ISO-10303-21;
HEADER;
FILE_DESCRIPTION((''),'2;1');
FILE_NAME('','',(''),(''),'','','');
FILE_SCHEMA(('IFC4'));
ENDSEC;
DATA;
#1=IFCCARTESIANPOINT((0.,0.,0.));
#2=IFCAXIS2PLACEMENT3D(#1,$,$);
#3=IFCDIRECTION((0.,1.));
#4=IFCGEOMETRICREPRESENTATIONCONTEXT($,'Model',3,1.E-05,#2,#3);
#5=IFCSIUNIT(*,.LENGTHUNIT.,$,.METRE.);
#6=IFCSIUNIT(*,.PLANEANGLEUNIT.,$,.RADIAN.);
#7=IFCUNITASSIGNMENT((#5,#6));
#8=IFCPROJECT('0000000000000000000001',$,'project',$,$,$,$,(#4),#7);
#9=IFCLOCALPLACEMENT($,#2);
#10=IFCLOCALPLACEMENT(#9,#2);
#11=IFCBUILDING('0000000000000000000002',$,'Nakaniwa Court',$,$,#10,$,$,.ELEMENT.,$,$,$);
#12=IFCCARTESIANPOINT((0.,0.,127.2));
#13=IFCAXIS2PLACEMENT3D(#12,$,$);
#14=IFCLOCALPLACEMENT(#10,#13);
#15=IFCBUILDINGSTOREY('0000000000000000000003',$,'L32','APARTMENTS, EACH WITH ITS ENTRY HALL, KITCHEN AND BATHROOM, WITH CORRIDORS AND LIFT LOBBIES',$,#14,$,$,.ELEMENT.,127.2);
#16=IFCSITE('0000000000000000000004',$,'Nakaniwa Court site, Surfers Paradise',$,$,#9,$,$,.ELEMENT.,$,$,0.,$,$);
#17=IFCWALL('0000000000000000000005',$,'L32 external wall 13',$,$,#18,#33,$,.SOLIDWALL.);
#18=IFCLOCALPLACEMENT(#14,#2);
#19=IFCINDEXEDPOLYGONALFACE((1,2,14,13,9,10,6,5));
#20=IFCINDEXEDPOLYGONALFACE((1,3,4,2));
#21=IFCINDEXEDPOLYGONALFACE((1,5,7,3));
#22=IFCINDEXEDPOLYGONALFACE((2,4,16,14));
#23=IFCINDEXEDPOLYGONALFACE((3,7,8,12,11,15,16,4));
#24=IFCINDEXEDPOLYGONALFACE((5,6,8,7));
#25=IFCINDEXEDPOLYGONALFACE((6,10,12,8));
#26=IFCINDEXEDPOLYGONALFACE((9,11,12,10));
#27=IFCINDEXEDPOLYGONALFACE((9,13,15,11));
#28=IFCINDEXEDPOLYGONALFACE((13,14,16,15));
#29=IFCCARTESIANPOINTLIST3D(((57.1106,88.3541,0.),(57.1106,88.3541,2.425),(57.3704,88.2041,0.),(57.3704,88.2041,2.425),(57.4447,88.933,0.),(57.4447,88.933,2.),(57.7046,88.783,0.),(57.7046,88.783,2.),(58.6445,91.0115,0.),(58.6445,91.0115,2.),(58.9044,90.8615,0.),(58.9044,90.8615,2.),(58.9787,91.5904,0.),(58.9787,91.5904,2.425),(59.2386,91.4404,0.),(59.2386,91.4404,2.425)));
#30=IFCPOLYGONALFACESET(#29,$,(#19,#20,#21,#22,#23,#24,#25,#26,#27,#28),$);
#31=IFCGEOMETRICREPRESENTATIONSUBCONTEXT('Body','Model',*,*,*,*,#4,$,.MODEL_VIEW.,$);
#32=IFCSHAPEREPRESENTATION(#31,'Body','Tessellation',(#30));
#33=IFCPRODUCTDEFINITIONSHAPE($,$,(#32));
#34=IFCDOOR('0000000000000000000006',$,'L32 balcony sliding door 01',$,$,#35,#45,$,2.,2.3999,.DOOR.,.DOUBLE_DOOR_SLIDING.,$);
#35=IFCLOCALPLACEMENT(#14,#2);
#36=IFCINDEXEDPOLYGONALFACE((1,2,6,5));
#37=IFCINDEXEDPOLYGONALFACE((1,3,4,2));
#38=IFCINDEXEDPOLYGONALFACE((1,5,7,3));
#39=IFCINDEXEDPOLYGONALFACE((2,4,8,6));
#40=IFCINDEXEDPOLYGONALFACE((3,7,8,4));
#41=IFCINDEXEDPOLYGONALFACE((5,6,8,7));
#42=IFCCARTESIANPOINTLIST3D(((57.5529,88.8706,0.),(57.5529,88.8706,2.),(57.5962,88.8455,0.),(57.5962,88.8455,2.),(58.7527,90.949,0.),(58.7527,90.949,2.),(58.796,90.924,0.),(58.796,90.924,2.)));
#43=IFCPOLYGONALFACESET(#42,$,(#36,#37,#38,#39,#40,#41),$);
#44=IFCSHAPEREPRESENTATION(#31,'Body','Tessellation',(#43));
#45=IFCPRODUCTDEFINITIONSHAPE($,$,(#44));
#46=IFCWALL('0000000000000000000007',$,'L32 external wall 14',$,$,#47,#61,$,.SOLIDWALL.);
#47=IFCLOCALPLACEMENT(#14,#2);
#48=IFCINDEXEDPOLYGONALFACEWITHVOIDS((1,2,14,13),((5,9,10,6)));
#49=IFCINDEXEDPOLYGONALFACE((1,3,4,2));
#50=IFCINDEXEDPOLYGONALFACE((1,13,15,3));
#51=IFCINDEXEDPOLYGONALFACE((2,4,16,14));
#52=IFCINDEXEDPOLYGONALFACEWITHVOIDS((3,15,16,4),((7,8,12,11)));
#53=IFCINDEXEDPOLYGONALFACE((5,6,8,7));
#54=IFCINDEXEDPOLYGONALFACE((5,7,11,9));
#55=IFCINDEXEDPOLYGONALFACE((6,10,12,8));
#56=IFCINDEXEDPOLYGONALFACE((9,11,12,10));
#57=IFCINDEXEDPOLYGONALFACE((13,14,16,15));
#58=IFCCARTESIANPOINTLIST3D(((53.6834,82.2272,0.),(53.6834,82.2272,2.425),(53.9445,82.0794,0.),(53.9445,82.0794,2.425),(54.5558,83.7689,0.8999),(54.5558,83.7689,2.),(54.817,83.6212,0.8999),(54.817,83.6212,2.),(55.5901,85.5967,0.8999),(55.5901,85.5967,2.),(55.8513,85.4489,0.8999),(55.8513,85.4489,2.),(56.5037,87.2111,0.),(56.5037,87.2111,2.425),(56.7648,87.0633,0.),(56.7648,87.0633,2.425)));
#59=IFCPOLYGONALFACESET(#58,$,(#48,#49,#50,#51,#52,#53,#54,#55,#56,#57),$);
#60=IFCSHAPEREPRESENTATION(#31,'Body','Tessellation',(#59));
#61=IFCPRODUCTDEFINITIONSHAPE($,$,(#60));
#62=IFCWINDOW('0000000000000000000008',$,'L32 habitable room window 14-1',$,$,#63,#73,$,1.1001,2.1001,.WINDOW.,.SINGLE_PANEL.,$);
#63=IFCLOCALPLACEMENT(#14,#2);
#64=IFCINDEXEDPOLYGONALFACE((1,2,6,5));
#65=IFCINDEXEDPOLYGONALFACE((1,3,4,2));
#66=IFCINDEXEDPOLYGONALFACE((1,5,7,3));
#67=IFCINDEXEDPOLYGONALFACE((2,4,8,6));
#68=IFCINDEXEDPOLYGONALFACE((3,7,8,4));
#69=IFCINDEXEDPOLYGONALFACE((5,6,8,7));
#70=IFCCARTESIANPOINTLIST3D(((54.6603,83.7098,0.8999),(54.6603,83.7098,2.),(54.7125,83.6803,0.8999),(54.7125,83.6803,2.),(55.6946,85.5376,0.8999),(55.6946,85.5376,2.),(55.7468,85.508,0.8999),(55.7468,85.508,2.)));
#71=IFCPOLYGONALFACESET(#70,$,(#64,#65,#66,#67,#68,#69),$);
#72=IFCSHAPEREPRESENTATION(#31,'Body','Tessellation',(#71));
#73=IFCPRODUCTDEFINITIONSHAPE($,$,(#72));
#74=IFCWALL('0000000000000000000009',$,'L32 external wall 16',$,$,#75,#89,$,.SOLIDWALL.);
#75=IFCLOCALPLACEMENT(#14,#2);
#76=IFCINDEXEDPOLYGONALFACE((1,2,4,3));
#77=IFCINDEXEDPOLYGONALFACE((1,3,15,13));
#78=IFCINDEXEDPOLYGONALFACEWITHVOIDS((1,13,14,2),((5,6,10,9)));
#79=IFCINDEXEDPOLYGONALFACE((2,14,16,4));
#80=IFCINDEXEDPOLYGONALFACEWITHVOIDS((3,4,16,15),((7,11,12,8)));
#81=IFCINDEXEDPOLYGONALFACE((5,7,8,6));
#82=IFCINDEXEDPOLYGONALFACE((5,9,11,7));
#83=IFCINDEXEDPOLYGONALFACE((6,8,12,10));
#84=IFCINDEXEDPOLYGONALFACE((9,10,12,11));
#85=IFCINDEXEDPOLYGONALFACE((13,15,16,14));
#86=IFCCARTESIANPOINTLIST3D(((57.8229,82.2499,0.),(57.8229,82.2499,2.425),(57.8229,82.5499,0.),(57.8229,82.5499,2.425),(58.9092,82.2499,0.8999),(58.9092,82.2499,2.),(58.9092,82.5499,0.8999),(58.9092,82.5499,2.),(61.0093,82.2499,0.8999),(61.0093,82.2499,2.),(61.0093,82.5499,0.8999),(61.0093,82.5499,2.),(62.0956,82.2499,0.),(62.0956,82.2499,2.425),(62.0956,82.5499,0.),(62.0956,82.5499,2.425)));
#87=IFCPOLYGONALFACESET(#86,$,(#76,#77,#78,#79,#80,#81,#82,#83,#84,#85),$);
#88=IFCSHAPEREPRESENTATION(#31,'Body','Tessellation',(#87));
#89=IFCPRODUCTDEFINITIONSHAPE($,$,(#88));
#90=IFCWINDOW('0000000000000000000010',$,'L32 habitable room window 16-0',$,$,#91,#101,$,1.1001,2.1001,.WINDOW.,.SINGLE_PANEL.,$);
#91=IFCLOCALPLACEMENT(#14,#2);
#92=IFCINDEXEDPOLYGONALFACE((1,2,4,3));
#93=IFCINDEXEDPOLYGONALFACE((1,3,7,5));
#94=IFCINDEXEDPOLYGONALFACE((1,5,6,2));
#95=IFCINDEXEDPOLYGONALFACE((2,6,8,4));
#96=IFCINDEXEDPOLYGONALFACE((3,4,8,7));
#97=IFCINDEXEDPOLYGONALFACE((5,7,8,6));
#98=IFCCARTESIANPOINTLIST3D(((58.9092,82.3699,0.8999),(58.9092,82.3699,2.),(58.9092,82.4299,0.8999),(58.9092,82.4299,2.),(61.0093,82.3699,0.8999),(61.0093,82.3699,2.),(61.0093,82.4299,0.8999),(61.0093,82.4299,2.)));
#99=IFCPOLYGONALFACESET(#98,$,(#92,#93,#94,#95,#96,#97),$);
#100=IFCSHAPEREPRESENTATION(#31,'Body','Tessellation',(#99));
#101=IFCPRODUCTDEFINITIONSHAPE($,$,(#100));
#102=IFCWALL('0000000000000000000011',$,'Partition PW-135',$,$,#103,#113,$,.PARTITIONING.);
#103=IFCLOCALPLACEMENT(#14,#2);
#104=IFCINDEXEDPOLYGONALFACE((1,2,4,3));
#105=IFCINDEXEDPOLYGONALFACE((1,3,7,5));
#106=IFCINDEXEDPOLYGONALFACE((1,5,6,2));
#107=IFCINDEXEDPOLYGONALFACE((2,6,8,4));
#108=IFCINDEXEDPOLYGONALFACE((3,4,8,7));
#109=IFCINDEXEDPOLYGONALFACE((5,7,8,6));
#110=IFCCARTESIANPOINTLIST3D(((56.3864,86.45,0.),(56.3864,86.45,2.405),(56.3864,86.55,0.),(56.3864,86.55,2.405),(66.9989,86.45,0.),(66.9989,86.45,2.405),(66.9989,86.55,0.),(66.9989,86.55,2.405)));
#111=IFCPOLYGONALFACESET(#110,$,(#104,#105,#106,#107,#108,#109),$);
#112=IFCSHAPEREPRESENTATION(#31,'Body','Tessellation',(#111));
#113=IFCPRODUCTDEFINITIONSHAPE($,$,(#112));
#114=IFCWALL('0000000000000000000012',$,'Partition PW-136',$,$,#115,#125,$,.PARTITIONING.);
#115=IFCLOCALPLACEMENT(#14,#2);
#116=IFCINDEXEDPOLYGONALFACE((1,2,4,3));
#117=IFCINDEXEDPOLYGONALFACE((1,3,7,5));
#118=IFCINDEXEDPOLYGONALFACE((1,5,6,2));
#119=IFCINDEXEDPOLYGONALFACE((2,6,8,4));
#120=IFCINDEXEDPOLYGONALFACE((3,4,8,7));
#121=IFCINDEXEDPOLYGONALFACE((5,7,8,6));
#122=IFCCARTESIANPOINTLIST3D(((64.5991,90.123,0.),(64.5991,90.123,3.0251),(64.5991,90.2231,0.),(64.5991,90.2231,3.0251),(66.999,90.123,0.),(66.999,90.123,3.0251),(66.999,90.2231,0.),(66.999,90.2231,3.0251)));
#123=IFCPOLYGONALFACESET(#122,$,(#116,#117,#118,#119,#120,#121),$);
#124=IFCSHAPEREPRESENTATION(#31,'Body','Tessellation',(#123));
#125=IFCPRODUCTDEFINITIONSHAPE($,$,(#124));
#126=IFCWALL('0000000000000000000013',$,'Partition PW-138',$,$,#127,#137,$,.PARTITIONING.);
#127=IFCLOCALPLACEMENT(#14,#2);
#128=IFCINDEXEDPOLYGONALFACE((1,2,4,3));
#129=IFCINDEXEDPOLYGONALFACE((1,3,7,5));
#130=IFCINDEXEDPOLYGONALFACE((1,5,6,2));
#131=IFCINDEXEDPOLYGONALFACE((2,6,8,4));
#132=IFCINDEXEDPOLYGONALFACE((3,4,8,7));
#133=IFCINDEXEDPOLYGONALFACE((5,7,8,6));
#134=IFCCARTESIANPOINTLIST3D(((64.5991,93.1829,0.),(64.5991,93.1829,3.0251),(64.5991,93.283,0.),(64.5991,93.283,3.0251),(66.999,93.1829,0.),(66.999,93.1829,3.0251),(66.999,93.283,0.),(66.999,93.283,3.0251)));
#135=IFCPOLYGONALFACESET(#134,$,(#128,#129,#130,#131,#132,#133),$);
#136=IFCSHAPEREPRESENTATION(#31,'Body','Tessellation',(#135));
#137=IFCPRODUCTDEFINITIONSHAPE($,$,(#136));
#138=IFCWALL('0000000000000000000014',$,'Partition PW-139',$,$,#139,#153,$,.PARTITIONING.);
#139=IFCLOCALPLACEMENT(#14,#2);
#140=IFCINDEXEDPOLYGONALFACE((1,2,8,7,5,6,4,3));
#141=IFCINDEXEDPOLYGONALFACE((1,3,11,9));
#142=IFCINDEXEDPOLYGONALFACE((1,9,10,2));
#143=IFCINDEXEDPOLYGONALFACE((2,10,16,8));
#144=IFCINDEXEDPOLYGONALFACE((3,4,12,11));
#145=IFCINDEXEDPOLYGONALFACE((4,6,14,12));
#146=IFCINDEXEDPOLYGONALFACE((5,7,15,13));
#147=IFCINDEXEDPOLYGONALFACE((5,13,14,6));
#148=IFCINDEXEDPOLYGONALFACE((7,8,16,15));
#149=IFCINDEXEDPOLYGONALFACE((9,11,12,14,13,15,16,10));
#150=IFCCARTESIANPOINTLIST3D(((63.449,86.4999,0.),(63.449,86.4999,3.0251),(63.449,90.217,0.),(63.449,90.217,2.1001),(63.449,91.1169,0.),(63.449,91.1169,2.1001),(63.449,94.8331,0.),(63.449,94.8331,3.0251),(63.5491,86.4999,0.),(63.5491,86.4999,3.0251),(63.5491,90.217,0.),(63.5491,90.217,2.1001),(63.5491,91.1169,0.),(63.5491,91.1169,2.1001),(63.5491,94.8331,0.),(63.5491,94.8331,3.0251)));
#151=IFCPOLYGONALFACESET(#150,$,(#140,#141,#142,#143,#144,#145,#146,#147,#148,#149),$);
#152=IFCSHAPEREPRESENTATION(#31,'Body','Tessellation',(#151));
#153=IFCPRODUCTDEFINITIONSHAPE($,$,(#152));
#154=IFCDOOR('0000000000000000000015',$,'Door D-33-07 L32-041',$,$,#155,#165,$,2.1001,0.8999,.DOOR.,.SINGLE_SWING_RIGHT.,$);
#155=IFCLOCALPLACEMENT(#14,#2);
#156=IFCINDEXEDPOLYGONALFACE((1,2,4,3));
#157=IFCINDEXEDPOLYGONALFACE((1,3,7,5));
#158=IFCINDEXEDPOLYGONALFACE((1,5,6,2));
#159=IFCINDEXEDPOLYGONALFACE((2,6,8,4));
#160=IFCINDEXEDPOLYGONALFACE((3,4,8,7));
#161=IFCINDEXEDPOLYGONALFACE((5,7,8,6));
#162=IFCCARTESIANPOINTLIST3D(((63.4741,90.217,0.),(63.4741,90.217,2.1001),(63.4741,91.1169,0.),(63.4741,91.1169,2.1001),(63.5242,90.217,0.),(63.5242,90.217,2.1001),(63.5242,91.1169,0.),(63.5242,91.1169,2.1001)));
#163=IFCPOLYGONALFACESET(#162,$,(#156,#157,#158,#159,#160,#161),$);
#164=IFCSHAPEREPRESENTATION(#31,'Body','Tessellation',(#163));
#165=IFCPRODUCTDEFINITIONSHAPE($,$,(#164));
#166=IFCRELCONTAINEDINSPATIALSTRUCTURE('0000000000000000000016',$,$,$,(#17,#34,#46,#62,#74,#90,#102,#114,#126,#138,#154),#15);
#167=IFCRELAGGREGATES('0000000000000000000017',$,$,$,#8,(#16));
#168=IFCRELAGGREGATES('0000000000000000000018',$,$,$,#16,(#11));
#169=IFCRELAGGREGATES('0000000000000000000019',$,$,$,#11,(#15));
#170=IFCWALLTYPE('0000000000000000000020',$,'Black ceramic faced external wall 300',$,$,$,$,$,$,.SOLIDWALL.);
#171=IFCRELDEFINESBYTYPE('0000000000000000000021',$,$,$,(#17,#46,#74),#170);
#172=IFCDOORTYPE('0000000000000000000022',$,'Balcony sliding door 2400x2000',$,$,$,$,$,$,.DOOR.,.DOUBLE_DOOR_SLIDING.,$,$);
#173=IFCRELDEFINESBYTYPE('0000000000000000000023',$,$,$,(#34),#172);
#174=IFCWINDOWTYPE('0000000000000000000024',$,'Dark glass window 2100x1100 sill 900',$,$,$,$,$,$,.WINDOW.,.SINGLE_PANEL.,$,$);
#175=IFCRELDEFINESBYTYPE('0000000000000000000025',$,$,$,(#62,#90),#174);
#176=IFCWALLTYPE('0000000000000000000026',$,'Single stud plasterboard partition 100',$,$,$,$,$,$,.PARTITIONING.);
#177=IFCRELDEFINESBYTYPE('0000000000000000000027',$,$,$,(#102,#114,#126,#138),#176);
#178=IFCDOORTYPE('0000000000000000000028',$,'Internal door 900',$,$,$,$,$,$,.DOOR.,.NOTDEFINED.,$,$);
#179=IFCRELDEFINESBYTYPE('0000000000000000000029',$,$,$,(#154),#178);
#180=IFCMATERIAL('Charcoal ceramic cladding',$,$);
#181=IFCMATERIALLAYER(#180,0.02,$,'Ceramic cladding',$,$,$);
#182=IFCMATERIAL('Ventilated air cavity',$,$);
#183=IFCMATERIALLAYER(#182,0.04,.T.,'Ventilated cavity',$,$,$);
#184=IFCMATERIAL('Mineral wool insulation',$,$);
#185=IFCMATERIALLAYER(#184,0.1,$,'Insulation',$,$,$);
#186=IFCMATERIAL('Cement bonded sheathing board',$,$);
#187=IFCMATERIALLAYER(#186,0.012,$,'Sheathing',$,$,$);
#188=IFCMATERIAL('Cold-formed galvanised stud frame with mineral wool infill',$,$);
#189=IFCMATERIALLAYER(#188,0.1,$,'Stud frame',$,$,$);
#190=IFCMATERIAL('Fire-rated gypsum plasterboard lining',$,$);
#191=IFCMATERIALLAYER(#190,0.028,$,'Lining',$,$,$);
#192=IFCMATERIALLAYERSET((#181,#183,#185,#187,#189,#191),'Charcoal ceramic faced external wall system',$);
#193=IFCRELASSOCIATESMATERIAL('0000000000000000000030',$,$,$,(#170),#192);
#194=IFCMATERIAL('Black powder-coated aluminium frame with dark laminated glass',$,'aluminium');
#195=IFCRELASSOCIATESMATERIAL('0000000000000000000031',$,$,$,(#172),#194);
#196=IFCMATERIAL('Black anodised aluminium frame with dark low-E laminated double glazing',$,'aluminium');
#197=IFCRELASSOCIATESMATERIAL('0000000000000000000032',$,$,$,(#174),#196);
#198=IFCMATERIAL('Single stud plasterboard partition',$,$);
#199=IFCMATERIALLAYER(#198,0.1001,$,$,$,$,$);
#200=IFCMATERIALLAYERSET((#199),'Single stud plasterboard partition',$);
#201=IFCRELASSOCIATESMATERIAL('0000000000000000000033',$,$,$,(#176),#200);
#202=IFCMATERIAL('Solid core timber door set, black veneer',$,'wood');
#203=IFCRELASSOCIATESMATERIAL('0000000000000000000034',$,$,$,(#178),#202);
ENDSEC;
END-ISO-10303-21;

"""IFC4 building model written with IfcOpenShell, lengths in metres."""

from ifc_helpers import new_model, si_unit, direction, frame, frame_2d, origin, place, context, subcontext, project, spatial, rectangle, extrude, material, layer, layer_set, type_object, element, fill, save


model = new_model("IFC4")

# Units and contexts
model_context = context("Model", 3, precision=1e-05, world=origin(), true_north=direction((0.0, 1.0)))
body_context = subcontext(model_context, "Body", "Model", "MODEL_VIEW")
ifc_project = project(units=[si_unit("LENGTHUNIT", "METRE"), si_unit("PLANEANGLEUNIT", "RADIAN")], contexts=[model_context])

# Site, building, storey
site_placement = place(None, origin())
site = spatial("IfcSite", under=ifc_project, at=site_placement, Name="Nakaniwa Court site, Surfers Paradise", CompositionType="ELEMENT", RefElevation=0.0)
building_placement = place(site_placement, origin())
building = spatial("IfcBuilding", under=site, at=building_placement, Name="Nakaniwa Court", CompositionType="ELEMENT")
storey_placement = place(building_placement, frame((0.0, 0.0, 127.2)))
storey = spatial("IfcBuildingStorey", under=building, at=storey_placement, Name="L32", Description="APARTMENTS, EACH WITH ITS ENTRY HALL, KITCHEN AND BATHROOM, WITH CORRIDORS AND LIFT LOBBIES", CompositionType="ELEMENT", Elevation=127.2)

# Shared definitions
ifc_material_1 = material(Name="Solid core timber door set, black veneer", Category="wood")

# Wall, opening, door
ifc_material_2 = material(Name="Charcoal ceramic cladding")
ifc_layer_1 = layer(ifc_material_2, 0.02, Name="Ceramic cladding")
ifc_material_3 = material(Name="Ventilated air cavity")
ifc_layer_2 = layer(ifc_material_3, 0.04, ventilated=True, Name="Ventilated cavity")
ifc_material_4 = material(Name="Mineral wool insulation")
ifc_layer_3 = layer(ifc_material_4, 0.1, Name="Insulation")
ifc_material_5 = material(Name="Cement bonded sheathing board")
ifc_layer_4 = layer(ifc_material_5, 0.012, Name="Sheathing")
ifc_material_6 = material(Name="Cold-formed galvanised stud frame with mineral wool infill")
ifc_layer_5 = layer(ifc_material_6, 0.1, Name="Stud frame")
ifc_material_7 = material(Name="Fire-rated gypsum plasterboard lining")
ifc_layer_6 = layer(ifc_material_7, 0.028, Name="Lining")
ifc_layer_set_1 = layer_set([ifc_layer_1, ifc_layer_2, ifc_layer_3, ifc_layer_4, ifc_layer_5, ifc_layer_6], Name="Charcoal ceramic faced external wall system")
wall_type_1 = type_object("IfcWallType", Name="Black ceramic faced external wall 300", PredefinedType="SOLIDWALL", material=ifc_layer_set_1)
wall_1_placement = place(storey_placement, frame((59.1086, 91.5154, 0.0), z_axis=(0.0, 0.0, 1.0), x_axis=(-0.499934, -0.866064, 0.0)))
wall_1 = element("IfcWall", 1, at=wall_1_placement, inside=storey, type_object=wall_type_1, Name="L32 external wall 13", PredefinedType="SOLIDWALL", context=body_context, shape_type="SweptSolid", body=[
    extrude(rectangle(XDim=3.7368, YDim=0.3, at=frame_2d((1.8684, 0.0))), origin(), (0.0, 0.0, 1.0), 2.425),
])
opening_1_placement = place(wall_1_placement, frame((0.6685, 0.0, 0.0)))
opening_1 = element("IfcOpeningElement", 2, at=opening_1_placement, cuts=wall_1, PredefinedType="OPENING", context=body_context, shape_type="SweptSolid", body=[
    extrude(rectangle(XDim=2.3999, YDim=2.0, at=frame_2d((1.2, 1.0))), frame((0.0, 0.1599, 0.0), z_axis=(0.0, -1.0, 0.0), x_axis=(1.0, 0.0, 0.0)), (0.0, 0.0, 1.0), 0.3201),
])
ifc_material_8 = material(Name="Black powder-coated aluminium frame with dark laminated glass", Category="aluminium")
door_type_1 = type_object("IfcDoorType", Name="Balcony sliding door 2400x2000", OperationType="DOUBLE_DOOR_SLIDING", PredefinedType="DOOR", material=ifc_material_8)
door_1_placement = place(opening_1_placement, origin())
door_1 = element("IfcDoor", 3, at=door_1_placement, inside=storey, type_object=door_type_1, Name="L32 balcony sliding door 01", OperationType="DOUBLE_DOOR_SLIDING", OverallHeight=2.0, OverallWidth=2.3999, PredefinedType="DOOR", context=body_context, shape_type="SweptSolid", body=[
    extrude(rectangle(XDim=2.3999, YDim=2.0, at=frame_2d((1.2, 1.0))), frame((0.0, 0.0249, 0.0), z_axis=(0.0, -1.0, 0.0), x_axis=(1.0, 0.0, 0.0)), (0.0, 0.0, 1.0), 0.05),
])
fill(opening_1, door_1)

# Walls, openings, windows
wall_2_placement = place(storey_placement, frame((56.6343, 87.1372, 0.0), z_axis=(0.0, 0.0, 1.0), x_axis=(-0.492498, -0.870313, 0.0)))
wall_2 = element("IfcWall", 4, at=wall_2_placement, inside=storey, type_object=wall_type_1, Name="L32 external wall 14", PredefinedType="SOLIDWALL", context=body_context, shape_type="SweptSolid", body=[
    extrude(rectangle(XDim=5.7266, YDim=0.3, at=frame_2d((2.8633, 0.0))), origin(), (0.0, 0.0, 1.0), 2.425),
])
opening_2_placement = place(wall_2_placement, frame((1.855, 0.0, 0.8999)))
opening_2 = element("IfcOpeningElement", 5, at=opening_2_placement, cuts=wall_2, PredefinedType="OPENING", context=body_context, shape_type="SweptSolid", body=[
    extrude(rectangle(XDim=2.1001, YDim=1.1001, at=frame_2d((1.05, 0.55))), frame((0.0, 0.1599, 0.0), z_axis=(0.0, -1.0, 0.0), x_axis=(1.0, 0.0, 0.0)), (0.0, 0.0, 1.0), 0.3201),
])
ifc_material_9 = material(Name="Black anodised aluminium frame with dark low-E laminated double glazing", Category="aluminium")
window_type = type_object("IfcWindowType", Name="Dark glass window 2100x1100 sill 900", PartitioningType="SINGLE_PANEL", PredefinedType="WINDOW", material=ifc_material_9)
window_1_placement = place(opening_2_placement, origin())
window_1 = element("IfcWindow", 6, at=window_1_placement, inside=storey, type_object=window_type, Name="L32 habitable room window 14-1", OverallHeight=1.1001, OverallWidth=2.1001, PartitioningType="SINGLE_PANEL", PredefinedType="WINDOW", context=body_context, shape_type="SweptSolid", body=[
    extrude(rectangle(XDim=2.1001, YDim=1.1001, at=frame_2d((1.05, 0.55))), frame((0.0, 0.03, 0.0), z_axis=(0.0, -1.0, 0.0), x_axis=(1.0, 0.0, 0.0)), (0.0, 0.0, 1.0), 0.0601),
])
fill(opening_2, window_1)
wall_3_placement = place(storey_placement, frame((57.823, 82.3999, 0.0), z_axis=(0.0, 0.0, 1.0), x_axis=(1.0, 0.0, 0.0)))
wall_3 = element("IfcWall", 7, at=wall_3_placement, inside=storey, type_object=wall_type_1, Name="L32 external wall 16", PredefinedType="SOLIDWALL", context=body_context, shape_type="SweptSolid", body=[
    extrude(rectangle(XDim=4.2727, YDim=0.3, at=frame_2d((2.1362, 0.0))), origin(), (0.0, 0.0, 1.0), 2.425),
])
opening_3_placement = place(wall_3_placement, frame((1.0862, 0.0, 0.8999)))
opening_3 = element("IfcOpeningElement", 8, at=opening_3_placement, cuts=wall_3, PredefinedType="OPENING", context=body_context, shape_type="SweptSolid", body=[
    extrude(rectangle(XDim=2.1001, YDim=1.1001, at=frame_2d((1.05, 0.55))), frame((0.0, 0.1599, 0.0), z_axis=(0.0, -1.0, 0.0), x_axis=(1.0, 0.0, 0.0)), (0.0, 0.0, 1.0), 0.3201),
])
window_2_placement = place(opening_3_placement, origin())
window_2 = element("IfcWindow", 9, at=window_2_placement, inside=storey, type_object=window_type, Name="L32 habitable room window 16-0", OverallHeight=1.1001, OverallWidth=2.1001, PartitioningType="SINGLE_PANEL", PredefinedType="WINDOW", context=body_context, shape_type="SweptSolid", body=[
    extrude(rectangle(XDim=2.1001, YDim=1.1001, at=frame_2d((1.05, 0.55))), frame((0.0, 0.03, 0.0), z_axis=(0.0, -1.0, 0.0), x_axis=(1.0, 0.0, 0.0)), (0.0, 0.0, 1.0), 0.0601),
])
fill(opening_3, window_2)

# Walls
ifc_material_10 = material(Name="Single stud plasterboard partition")
ifc_layer_7 = layer(ifc_material_10, 0.1001)
ifc_layer_set_2 = layer_set([ifc_layer_7], Name="Single stud plasterboard partition")
wall_type_2 = type_object("IfcWallType", Name="Single stud plasterboard partition 100", PredefinedType="PARTITIONING", material=ifc_layer_set_2)
wall_4_placement = place(storey_placement, frame((56.3865, 86.5, 0.0), z_axis=(0.0, 0.0, 1.0), x_axis=(1.0, 0.0, 0.0)))
element("IfcWall", 10, at=wall_4_placement, inside=storey, type_object=wall_type_2, Name="Partition PW-135", PredefinedType="PARTITIONING", context=body_context, shape_type="SweptSolid", body=[
    extrude(rectangle(XDim=10.6125, YDim=0.1001, at=frame_2d((5.3062, 0.0))), origin(), (0.0, 0.0, 1.0), 2.405),
])
for number, where, z_axis, x_axis, name in (
    (11, (64.5991, 90.1731, 0.0), (0.0, 0.0, 1.0), (1.0, 0.0, 0.0), "Partition PW-136"),
    (12, (64.5991, 93.2329, 0.0), (0.0, 0.0, 1.0), (1.0, 0.0, 0.0), "Partition PW-138"),
):
    element("IfcWall", number, at=place(storey_placement, frame(where, z_axis=z_axis, x_axis=x_axis)), inside=storey, type_object=wall_type_2, Name=name, PredefinedType="PARTITIONING", context=body_context, shape_type="SweptSolid", body=[
        extrude(rectangle(XDim=2.3999, YDim=0.1001, at=frame_2d((1.2, 0.0))), origin(), (0.0, 0.0, 1.0), 3.0251),
    ])

# Wall, opening, door
wall_5_placement = place(storey_placement, frame((63.499, 86.5, 0.0), z_axis=(0.0, 0.0, 1.0), x_axis=(0.0, 1.0, 0.0)))
wall_5 = element("IfcWall", 13, at=wall_5_placement, inside=storey, type_object=wall_type_2, Name="Partition PW-139", PredefinedType="PARTITIONING", context=body_context, shape_type="SweptSolid", body=[
    extrude(rectangle(XDim=8.3333, YDim=0.1001, at=frame_2d((4.1665, 0.0))), origin(), (0.0, 0.0, 1.0), 3.0251),
])
opening_4_placement = place(wall_5_placement, frame((3.717, 0.0, 0.0)))
opening_4 = element("IfcOpeningElement", 14, at=opening_4_placement, cuts=wall_5, PredefinedType="OPENING", context=body_context, shape_type="SweptSolid", body=[
    extrude(rectangle(XDim=0.8999, YDim=2.1001, at=frame_2d((0.45, 1.05))), frame((0.0, 0.0601, 0.0), z_axis=(0.0, -1.0, 0.0), x_axis=(1.0, 0.0, 0.0)), (0.0, 0.0, 1.0), 0.1201),
])
door_type_2 = type_object("IfcDoorType", Name="Internal door 900", OperationType="NOTDEFINED", PredefinedType="DOOR", material=ifc_material_1)
door_2_placement = place(opening_4_placement, origin())
door_2 = element("IfcDoor", 15, at=door_2_placement, inside=storey, type_object=door_type_2, Name="Door D-33-07 L32-041", OperationType="SINGLE_SWING_RIGHT", OverallHeight=2.1001, OverallWidth=0.8999, PredefinedType="DOOR", context=body_context, shape_type="SweptSolid", body=[
    extrude(rectangle(XDim=0.8999, YDim=2.1001, at=frame_2d((0.45, 1.05))), frame((0.0, 0.0249, 0.0), z_axis=(0.0, -1.0, 0.0), x_axis=(1.0, 0.0, 0.0)), (0.0, 0.0, 1.0), 0.05),
])
fill(opening_4, door_2)

save(model, "model.ifc")
